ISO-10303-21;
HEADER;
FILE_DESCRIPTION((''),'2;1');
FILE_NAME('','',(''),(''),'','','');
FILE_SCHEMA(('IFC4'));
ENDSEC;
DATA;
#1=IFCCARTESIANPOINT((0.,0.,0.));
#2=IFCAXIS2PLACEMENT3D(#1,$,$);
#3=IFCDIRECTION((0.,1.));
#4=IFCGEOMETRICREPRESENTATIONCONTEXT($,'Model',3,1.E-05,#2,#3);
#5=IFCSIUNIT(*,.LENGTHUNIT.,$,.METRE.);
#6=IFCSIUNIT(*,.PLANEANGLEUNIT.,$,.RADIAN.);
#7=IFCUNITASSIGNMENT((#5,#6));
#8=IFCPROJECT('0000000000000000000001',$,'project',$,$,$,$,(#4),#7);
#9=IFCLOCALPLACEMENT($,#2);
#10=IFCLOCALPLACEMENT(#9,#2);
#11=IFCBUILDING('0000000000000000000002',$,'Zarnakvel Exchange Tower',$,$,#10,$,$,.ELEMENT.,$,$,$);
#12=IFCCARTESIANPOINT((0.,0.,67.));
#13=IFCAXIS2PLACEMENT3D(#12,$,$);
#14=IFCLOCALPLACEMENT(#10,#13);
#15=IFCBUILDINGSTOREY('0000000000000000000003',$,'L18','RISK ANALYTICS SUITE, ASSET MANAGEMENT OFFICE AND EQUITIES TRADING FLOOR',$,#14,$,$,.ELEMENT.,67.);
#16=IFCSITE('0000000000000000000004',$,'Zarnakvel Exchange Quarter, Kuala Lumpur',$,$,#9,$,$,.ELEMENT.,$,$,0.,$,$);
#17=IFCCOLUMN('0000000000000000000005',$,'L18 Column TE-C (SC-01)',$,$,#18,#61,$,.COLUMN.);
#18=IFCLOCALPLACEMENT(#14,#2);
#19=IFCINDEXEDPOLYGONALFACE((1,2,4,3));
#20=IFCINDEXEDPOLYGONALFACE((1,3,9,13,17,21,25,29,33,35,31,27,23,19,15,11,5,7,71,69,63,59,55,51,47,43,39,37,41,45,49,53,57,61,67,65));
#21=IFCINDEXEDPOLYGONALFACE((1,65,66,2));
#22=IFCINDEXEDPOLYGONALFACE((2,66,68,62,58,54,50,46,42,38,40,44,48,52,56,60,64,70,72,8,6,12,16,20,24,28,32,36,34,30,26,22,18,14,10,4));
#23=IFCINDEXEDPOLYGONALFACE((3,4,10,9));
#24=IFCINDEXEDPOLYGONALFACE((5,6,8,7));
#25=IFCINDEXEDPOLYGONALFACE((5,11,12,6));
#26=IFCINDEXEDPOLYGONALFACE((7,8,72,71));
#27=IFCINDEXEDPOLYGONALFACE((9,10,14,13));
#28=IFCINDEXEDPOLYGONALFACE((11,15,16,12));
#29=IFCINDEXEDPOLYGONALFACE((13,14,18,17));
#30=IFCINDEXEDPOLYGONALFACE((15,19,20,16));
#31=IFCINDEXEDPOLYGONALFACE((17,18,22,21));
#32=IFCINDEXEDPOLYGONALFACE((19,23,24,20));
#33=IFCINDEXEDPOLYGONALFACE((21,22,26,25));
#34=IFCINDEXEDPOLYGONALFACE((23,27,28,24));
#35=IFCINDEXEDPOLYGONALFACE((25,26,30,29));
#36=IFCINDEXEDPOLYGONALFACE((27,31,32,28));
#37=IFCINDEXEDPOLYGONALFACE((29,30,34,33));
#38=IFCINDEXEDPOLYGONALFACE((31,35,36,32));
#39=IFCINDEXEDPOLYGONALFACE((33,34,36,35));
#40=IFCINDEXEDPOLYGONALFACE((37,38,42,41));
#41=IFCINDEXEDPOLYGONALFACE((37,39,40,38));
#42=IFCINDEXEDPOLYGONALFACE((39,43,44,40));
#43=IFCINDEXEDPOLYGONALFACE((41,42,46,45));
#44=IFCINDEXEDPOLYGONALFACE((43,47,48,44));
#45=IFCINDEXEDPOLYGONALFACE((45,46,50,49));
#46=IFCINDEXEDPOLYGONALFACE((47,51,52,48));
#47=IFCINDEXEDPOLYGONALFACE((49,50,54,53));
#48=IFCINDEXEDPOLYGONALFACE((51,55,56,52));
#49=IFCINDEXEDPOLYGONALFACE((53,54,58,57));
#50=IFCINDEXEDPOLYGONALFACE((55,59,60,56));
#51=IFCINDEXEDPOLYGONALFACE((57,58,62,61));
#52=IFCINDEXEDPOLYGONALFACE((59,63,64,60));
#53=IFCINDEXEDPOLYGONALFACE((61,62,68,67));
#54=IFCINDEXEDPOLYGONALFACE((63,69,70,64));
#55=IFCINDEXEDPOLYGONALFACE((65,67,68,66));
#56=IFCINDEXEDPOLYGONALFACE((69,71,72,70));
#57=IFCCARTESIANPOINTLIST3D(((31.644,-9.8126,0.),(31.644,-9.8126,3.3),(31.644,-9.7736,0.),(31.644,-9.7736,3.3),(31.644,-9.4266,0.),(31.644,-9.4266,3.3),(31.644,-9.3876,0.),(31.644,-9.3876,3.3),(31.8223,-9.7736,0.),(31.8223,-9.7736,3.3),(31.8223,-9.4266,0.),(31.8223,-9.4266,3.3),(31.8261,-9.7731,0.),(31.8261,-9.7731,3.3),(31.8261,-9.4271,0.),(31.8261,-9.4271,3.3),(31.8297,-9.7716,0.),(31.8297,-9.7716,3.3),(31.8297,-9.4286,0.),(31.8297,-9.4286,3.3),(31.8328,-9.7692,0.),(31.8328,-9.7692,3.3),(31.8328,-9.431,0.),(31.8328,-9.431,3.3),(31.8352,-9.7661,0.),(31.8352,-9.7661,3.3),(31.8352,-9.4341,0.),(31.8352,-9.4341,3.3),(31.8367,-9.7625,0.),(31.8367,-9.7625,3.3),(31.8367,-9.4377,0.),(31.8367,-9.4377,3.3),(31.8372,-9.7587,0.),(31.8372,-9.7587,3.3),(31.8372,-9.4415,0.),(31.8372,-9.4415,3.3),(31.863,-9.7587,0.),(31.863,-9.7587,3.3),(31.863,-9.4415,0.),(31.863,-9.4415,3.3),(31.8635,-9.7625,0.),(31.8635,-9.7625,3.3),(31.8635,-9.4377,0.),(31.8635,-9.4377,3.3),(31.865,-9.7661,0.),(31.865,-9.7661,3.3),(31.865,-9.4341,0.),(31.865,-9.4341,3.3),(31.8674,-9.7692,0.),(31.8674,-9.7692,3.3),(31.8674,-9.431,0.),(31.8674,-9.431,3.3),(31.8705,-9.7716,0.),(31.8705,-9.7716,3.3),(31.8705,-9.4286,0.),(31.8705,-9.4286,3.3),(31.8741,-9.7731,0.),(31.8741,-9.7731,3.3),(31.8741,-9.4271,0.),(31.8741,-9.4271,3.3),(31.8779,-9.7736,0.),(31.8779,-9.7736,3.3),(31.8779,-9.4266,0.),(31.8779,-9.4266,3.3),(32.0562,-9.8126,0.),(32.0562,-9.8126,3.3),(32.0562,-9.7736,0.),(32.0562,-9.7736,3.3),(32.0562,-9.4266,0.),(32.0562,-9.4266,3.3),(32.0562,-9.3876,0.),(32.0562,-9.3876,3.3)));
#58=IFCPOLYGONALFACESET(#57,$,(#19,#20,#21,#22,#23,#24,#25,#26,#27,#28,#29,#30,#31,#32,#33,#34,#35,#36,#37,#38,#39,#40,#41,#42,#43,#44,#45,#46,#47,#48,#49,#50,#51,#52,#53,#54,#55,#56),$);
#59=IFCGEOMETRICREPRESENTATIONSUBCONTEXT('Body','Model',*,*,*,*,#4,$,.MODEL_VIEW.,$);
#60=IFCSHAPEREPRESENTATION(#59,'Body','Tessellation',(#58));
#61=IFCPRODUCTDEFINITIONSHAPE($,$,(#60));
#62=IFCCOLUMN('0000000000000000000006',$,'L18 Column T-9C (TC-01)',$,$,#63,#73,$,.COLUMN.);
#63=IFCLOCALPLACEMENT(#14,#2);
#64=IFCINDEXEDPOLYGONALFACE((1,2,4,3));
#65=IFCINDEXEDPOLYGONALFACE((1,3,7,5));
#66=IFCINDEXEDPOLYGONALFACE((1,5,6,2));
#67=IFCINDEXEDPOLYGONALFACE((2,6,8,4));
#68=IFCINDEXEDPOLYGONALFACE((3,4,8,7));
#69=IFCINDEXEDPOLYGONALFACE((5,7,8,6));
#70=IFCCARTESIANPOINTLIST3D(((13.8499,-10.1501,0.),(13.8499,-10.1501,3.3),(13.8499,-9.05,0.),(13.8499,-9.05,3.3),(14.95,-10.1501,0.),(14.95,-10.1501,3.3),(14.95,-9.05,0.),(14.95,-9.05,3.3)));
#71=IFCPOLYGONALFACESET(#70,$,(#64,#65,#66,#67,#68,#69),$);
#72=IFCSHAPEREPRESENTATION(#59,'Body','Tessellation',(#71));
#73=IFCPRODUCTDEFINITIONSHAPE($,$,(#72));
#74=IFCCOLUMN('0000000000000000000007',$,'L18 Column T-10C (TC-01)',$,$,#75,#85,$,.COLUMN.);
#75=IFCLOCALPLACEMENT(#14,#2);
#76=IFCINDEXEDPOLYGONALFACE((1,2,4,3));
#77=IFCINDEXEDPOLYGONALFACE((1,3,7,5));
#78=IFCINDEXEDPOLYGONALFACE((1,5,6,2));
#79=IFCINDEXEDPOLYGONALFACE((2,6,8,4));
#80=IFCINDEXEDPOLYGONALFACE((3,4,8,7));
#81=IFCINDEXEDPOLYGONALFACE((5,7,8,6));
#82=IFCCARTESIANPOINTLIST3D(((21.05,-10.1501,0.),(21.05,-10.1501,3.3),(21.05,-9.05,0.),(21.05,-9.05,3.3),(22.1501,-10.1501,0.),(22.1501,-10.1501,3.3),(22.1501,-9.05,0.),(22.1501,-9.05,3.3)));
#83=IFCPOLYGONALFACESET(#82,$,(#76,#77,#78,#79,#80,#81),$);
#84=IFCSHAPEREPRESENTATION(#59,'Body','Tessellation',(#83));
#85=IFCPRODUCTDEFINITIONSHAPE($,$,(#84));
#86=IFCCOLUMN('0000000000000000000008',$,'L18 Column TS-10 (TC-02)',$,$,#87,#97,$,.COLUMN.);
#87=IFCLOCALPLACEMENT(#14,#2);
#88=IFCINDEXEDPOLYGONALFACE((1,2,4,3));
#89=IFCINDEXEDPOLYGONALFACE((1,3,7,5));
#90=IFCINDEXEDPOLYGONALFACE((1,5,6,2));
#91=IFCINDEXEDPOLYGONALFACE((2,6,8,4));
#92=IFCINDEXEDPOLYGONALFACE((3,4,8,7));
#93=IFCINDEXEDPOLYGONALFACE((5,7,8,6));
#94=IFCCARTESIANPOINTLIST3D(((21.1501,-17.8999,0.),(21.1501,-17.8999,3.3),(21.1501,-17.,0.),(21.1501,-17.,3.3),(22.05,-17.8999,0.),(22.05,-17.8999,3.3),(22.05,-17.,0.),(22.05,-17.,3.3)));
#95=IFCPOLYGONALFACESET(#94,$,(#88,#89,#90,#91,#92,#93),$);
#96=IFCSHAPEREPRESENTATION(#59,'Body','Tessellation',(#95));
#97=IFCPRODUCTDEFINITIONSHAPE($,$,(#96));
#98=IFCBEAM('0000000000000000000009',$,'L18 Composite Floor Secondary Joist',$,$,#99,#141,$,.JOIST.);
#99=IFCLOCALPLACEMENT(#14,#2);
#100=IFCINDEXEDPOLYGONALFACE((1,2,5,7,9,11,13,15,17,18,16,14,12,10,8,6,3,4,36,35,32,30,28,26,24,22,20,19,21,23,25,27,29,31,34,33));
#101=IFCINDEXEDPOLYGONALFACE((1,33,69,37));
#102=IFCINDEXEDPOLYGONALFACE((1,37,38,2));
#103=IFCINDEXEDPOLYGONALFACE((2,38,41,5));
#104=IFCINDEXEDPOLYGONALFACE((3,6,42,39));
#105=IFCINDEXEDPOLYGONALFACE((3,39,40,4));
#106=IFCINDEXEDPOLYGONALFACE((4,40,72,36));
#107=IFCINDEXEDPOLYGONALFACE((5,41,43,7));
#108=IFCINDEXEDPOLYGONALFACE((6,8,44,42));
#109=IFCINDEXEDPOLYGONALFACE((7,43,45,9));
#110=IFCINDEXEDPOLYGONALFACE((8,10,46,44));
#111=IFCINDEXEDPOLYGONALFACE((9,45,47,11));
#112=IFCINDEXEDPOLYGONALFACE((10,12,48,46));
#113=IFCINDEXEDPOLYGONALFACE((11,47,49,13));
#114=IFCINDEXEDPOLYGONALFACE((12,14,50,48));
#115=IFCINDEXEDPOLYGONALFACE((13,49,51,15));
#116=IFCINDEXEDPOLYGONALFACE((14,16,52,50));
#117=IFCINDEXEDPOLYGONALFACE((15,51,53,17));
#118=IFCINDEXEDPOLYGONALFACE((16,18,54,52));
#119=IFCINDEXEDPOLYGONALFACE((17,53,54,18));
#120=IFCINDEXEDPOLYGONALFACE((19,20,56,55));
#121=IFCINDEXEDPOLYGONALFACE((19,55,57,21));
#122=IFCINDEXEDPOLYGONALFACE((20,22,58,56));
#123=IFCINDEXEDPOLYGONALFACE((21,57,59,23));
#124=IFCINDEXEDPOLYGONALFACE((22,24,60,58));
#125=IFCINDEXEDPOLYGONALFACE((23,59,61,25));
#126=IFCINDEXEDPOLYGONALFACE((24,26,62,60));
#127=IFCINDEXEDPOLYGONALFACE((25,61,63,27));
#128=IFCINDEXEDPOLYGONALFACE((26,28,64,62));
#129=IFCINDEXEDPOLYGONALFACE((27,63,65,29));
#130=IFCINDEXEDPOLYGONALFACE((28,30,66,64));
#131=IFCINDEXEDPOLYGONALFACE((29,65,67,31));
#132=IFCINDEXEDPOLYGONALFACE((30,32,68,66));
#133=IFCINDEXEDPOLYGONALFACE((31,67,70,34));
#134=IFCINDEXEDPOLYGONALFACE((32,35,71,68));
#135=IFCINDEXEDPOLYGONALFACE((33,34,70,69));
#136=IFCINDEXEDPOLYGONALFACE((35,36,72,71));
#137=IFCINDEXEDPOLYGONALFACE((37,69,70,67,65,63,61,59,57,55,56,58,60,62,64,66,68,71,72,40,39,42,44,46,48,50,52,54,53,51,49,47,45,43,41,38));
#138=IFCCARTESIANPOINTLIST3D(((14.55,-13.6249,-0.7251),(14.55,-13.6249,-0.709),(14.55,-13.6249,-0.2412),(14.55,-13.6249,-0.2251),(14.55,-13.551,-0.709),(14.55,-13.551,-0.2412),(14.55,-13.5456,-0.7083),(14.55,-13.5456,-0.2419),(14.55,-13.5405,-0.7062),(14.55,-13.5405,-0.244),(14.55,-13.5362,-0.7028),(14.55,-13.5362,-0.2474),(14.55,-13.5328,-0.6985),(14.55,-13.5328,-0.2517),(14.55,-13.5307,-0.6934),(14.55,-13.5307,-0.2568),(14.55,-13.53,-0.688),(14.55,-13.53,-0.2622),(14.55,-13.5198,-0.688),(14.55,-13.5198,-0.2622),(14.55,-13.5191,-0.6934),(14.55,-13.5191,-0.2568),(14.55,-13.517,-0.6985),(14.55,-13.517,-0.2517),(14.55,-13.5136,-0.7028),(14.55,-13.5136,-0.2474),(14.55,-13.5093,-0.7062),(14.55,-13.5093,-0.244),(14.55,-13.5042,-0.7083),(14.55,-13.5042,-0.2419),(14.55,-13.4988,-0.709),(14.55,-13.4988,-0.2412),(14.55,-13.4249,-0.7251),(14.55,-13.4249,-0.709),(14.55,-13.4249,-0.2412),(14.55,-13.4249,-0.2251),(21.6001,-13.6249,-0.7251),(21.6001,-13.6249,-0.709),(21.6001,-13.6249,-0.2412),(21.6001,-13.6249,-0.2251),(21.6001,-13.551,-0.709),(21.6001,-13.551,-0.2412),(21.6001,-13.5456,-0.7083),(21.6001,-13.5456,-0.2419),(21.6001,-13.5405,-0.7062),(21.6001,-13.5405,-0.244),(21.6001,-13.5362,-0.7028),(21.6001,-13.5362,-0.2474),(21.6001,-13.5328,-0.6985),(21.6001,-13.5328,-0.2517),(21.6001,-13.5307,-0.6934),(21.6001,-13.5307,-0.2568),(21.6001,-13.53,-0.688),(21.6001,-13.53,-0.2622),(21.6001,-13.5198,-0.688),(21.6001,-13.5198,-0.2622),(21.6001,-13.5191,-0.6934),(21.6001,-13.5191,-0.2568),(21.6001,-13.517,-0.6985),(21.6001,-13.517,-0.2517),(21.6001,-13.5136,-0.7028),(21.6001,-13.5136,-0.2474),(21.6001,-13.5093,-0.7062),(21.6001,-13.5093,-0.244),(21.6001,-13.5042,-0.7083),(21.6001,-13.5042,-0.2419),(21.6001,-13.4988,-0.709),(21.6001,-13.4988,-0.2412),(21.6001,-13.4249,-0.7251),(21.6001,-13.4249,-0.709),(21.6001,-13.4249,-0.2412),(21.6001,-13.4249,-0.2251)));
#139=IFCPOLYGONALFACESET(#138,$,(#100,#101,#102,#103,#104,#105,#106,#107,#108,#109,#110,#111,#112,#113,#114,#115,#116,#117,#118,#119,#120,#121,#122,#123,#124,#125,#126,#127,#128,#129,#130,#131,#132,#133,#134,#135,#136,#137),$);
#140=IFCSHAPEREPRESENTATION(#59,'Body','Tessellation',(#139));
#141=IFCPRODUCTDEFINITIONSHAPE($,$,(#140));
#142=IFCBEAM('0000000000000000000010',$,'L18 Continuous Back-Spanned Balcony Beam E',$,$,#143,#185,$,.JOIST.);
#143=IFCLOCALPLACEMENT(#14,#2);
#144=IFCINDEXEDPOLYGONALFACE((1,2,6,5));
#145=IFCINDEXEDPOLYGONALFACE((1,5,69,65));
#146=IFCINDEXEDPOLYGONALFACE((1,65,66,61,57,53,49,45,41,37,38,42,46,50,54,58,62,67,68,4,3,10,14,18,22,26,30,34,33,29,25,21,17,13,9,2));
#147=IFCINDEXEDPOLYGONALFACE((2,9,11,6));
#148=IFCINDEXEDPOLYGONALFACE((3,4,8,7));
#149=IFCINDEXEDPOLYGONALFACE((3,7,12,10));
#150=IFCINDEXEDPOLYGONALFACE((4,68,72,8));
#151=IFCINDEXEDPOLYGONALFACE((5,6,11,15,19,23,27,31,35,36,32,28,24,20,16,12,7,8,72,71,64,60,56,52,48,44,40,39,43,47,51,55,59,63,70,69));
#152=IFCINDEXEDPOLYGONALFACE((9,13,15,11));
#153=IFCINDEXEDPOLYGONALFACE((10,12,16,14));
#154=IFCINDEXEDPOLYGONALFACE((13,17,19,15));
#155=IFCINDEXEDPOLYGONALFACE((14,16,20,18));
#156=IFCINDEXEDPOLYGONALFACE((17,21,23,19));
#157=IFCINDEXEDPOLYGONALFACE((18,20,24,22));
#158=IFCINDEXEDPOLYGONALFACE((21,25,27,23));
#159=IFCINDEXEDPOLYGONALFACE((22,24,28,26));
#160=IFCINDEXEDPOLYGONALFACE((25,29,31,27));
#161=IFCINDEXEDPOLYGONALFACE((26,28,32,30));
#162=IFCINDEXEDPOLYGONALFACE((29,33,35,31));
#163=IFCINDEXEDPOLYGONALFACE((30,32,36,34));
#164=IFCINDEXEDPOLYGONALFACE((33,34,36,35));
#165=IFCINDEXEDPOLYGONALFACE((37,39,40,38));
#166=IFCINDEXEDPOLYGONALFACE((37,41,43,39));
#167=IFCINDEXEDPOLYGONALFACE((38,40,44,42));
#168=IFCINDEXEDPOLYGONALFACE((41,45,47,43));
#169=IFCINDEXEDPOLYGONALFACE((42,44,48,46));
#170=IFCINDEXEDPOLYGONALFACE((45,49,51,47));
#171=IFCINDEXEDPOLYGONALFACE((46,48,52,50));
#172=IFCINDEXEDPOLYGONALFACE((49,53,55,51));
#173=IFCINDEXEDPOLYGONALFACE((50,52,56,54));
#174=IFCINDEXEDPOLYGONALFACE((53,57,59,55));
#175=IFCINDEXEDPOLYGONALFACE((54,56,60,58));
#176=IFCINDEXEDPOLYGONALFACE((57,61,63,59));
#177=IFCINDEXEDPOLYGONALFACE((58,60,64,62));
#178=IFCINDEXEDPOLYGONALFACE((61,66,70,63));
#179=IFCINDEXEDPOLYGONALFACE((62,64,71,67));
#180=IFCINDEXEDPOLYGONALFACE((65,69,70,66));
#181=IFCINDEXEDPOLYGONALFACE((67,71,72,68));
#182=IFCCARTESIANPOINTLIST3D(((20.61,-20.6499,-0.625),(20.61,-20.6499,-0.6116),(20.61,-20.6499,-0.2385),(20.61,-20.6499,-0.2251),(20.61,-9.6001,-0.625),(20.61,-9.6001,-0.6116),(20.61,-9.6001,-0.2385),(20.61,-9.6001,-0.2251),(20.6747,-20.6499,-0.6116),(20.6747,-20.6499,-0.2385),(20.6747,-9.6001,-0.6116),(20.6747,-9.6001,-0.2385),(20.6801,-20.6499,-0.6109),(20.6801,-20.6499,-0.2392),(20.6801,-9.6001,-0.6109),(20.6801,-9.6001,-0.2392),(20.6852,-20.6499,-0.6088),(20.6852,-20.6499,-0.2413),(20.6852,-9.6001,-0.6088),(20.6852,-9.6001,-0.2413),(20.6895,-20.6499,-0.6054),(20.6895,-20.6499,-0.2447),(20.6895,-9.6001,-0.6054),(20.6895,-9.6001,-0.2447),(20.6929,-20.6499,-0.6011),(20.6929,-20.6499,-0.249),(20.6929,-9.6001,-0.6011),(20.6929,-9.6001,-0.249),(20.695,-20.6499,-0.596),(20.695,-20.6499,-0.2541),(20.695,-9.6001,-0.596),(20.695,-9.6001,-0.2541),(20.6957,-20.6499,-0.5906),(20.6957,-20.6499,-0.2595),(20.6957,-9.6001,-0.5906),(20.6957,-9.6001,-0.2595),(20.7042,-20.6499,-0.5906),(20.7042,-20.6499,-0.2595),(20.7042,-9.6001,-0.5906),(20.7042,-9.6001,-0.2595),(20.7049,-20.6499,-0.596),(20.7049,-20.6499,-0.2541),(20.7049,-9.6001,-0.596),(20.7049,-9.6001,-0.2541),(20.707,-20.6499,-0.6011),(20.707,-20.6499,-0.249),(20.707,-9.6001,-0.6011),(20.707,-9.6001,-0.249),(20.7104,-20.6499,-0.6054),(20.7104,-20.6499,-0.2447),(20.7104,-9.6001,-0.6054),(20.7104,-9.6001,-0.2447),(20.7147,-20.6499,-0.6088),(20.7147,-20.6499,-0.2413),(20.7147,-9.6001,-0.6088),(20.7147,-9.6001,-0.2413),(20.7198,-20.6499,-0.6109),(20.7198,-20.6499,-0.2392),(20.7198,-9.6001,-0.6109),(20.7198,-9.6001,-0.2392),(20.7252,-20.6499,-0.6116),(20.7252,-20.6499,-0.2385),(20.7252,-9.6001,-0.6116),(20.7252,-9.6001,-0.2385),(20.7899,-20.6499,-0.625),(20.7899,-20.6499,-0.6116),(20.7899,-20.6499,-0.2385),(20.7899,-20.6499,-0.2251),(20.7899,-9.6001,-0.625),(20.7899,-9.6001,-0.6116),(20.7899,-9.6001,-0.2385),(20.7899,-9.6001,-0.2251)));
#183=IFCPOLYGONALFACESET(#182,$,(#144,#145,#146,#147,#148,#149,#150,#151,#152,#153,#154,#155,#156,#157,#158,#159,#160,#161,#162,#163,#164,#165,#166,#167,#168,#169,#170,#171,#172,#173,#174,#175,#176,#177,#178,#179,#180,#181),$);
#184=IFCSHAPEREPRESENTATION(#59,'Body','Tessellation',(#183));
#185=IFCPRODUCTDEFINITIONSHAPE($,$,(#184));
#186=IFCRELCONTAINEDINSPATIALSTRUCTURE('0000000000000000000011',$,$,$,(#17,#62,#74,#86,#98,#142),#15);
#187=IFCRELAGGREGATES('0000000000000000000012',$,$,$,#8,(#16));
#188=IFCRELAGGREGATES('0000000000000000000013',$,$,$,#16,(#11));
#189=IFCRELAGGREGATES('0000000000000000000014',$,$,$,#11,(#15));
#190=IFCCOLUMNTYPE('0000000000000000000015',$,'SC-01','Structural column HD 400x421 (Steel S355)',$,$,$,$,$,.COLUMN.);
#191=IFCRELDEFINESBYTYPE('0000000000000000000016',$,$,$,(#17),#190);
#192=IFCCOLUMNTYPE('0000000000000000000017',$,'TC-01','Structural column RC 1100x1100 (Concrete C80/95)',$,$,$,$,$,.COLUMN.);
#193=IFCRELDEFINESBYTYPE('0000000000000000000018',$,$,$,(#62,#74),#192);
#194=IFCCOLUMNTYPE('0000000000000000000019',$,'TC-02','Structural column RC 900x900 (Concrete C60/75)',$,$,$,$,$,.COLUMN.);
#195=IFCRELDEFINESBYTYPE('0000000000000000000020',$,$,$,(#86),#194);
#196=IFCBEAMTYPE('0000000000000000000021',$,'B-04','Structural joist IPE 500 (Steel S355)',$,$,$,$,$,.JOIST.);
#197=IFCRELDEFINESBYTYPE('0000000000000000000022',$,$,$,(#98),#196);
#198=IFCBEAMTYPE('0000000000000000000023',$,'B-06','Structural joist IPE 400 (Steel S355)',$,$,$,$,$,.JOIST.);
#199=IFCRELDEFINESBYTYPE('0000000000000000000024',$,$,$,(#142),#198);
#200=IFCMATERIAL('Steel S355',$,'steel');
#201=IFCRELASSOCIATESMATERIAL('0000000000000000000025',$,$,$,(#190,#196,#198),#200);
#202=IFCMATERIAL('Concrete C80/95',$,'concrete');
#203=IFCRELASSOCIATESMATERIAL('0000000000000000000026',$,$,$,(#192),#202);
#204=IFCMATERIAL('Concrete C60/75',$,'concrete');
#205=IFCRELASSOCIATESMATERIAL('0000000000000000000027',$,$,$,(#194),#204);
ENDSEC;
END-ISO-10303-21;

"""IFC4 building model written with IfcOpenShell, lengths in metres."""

from ifc_helpers import new_model, si_unit, direction, frame, origin, origin_2d, place, context, subcontext, project, spatial, rectangle, i_section, extrude, material, material_profile, profile_set, type_object, element, save


model = new_model("IFC4")

# Units and contexts
model_context = context("Model", 3, precision=1e-05, world=origin(), true_north=direction((0.0, 1.0)))
body_context = subcontext(model_context, "Body", "Model", "MODEL_VIEW")
ifc_project = project(units=[si_unit("LENGTHUNIT", "METRE"), si_unit("PLANEANGLEUNIT", "RADIAN")], contexts=[model_context])

# Site, building, storey
site_placement = place(None, origin())
site = spatial("IfcSite", under=ifc_project, at=site_placement, Name="Zarnakvel Exchange Quarter, Kuala Lumpur", CompositionType="ELEMENT", RefElevation=0.0)
building_placement = place(site_placement, origin())
building = spatial("IfcBuilding", under=site, at=building_placement, Name="Zarnakvel Exchange Tower", CompositionType="ELEMENT")
storey_placement = place(building_placement, frame((0.0, 0.0, 67.0)))
storey = spatial("IfcBuildingStorey", under=building, at=storey_placement, Name="L18", Description="RISK ANALYTICS SUITE, ASSET MANAGEMENT OFFICE AND EQUITIES TRADING FLOOR", CompositionType="ELEMENT", Elevation=67.0)

# Columns
ifc_material_1 = material(Name="Steel S355", Category="steel")
ifc_material_profile_1 = material_profile(ifc_material_1, i_section(OverallWidth=0.4121, OverallDepth=0.425, WebThickness=0.0259, FlangeThickness=0.0391, FilletRadius=0.0149, at=origin_2d()))
ifc_profile_set_1 = profile_set([ifc_material_profile_1], Name="Steel S355")
column_type_1 = type_object("IfcColumnType", Name="SC-01", Description="Structural column HD 400x421 (Steel S355)", PredefinedType="COLUMN", material=ifc_profile_set_1)
column_1_placement = place(storey_placement, frame((31.8501, -9.6001, 0.0), z_axis=(0.0, 0.0, 1.0), x_axis=(1.0, 0.0, 0.0)))
element("IfcColumn", 1, at=column_1_placement, inside=storey, type_object=column_type_1, Name="L18 Column TE-C (SC-01)", PredefinedType="COLUMN", context=body_context, shape_type="SweptSolid", body=[
    extrude(i_section(OverallWidth=0.4121, OverallDepth=0.425, WebThickness=0.0259, FlangeThickness=0.0391, FilletRadius=0.0149, at=origin_2d()), origin(), (0.0, 0.0, 1.0), 3.3),
])
ifc_material_2 = material(Name="Concrete C80/95", Category="concrete")
ifc_material_profile_2 = material_profile(ifc_material_2, rectangle(XDim=1.1001, YDim=1.1001, at=origin_2d()))
ifc_profile_set_2 = profile_set([ifc_material_profile_2], Name="Concrete C80/95")
column_type_2 = type_object("IfcColumnType", Name="TC-01", Description="Structural column RC 1100x1100 (Concrete C80/95)", PredefinedType="COLUMN", material=ifc_profile_set_2)
for number, where, z_axis, x_axis, name in (
    (2, (14.3999, -9.6001, 0.0), (0.0, 0.0, 1.0), (1.0, 0.0, 0.0), "L18 Column T-9C (TC-01)"),
    (3, (21.6001, -9.6001, 0.0), (0.0, 0.0, 1.0), (1.0, 0.0, 0.0), "L18 Column T-10C (TC-01)"),
):
    element("IfcColumn", number, at=place(storey_placement, frame(where, z_axis=z_axis, x_axis=x_axis)), inside=storey, type_object=column_type_2, Name=name, PredefinedType="COLUMN", context=body_context, shape_type="SweptSolid", body=[
        extrude(rectangle(XDim=1.1001, YDim=1.1001, at=origin_2d()), origin(), (0.0, 0.0, 1.0), 3.3),
    ])
ifc_material_3 = material(Name="Concrete C60/75", Category="concrete")
ifc_material_profile_3 = material_profile(ifc_material_3, rectangle(XDim=0.8999, YDim=0.8999, at=origin_2d()))
ifc_profile_set_3 = profile_set([ifc_material_profile_3], Name="Concrete C60/75")
column_type_3 = type_object("IfcColumnType", Name="TC-02", Description="Structural column RC 900x900 (Concrete C60/75)", PredefinedType="COLUMN", material=ifc_profile_set_3)
column_2_placement = place(storey_placement, frame((21.6001, -17.45, 0.0), z_axis=(0.0, 0.0, 1.0), x_axis=(1.0, 0.0, 0.0)))
element("IfcColumn", 4, at=column_2_placement, inside=storey, type_object=column_type_3, Name="L18 Column TS-10 (TC-02)", PredefinedType="COLUMN", context=body_context, shape_type="SweptSolid", body=[
    extrude(rectangle(XDim=0.8999, YDim=0.8999, at=origin_2d()), origin(), (0.0, 0.0, 1.0), 3.3),
])

# Beams
ifc_material_profile_4 = material_profile(ifc_material_1, i_section(OverallWidth=0.2, OverallDepth=0.5, WebThickness=0.0103, FlangeThickness=0.0161, FilletRadius=0.021, at=origin_2d()))
ifc_profile_set_4 = profile_set([ifc_material_profile_4], Name="Steel S355")
beam_type_1 = type_object("IfcBeamType", Name="B-04", Description="Structural joist IPE 500 (Steel S355)", PredefinedType="JOIST", material=ifc_profile_set_4)
beam_1_placement = place(storey_placement, frame((14.55, -13.5249, -0.4751), z_axis=(1.0, 0.0, 0.0), x_axis=(0.0, 1.0, 0.0)))
element("IfcBeam", 5, at=beam_1_placement, inside=storey, type_object=beam_type_1, Name="L18 Composite Floor Secondary Joist", PredefinedType="JOIST", context=body_context, shape_type="SweptSolid", body=[
    extrude(i_section(OverallWidth=0.2, OverallDepth=0.5, WebThickness=0.0103, FlangeThickness=0.0161, FilletRadius=0.021, at=origin_2d()), origin(), (0.0, 0.0, 1.0), 7.05),
])
ifc_material_profile_5 = material_profile(ifc_material_1, i_section(OverallWidth=0.1799, OverallDepth=0.3999, WebThickness=0.0085, FlangeThickness=0.0134, FilletRadius=0.021, at=origin_2d()))
ifc_profile_set_5 = profile_set([ifc_material_profile_5], Name="Steel S355")
beam_type_2 = type_object("IfcBeamType", Name="B-06", Description="Structural joist IPE 400 (Steel S355)", PredefinedType="JOIST", material=ifc_profile_set_5)
beam_2_placement = place(storey_placement, frame((20.7, -9.6001, -0.425), z_axis=(0.0, -1.0, 0.0), x_axis=(1.0, 0.0, 0.0)))
element("IfcBeam", 6, at=beam_2_placement, inside=storey, type_object=beam_type_2, Name="L18 Continuous Back-Spanned Balcony Beam E", PredefinedType="JOIST", context=body_context, shape_type="SweptSolid", body=[
    extrude(i_section(OverallWidth=0.1799, OverallDepth=0.3999, WebThickness=0.0085, FlangeThickness=0.0134, FilletRadius=0.021, at=origin_2d()), origin(), (0.0, 0.0, 1.0), 11.0498),
])

save(model, "model.ifc")
